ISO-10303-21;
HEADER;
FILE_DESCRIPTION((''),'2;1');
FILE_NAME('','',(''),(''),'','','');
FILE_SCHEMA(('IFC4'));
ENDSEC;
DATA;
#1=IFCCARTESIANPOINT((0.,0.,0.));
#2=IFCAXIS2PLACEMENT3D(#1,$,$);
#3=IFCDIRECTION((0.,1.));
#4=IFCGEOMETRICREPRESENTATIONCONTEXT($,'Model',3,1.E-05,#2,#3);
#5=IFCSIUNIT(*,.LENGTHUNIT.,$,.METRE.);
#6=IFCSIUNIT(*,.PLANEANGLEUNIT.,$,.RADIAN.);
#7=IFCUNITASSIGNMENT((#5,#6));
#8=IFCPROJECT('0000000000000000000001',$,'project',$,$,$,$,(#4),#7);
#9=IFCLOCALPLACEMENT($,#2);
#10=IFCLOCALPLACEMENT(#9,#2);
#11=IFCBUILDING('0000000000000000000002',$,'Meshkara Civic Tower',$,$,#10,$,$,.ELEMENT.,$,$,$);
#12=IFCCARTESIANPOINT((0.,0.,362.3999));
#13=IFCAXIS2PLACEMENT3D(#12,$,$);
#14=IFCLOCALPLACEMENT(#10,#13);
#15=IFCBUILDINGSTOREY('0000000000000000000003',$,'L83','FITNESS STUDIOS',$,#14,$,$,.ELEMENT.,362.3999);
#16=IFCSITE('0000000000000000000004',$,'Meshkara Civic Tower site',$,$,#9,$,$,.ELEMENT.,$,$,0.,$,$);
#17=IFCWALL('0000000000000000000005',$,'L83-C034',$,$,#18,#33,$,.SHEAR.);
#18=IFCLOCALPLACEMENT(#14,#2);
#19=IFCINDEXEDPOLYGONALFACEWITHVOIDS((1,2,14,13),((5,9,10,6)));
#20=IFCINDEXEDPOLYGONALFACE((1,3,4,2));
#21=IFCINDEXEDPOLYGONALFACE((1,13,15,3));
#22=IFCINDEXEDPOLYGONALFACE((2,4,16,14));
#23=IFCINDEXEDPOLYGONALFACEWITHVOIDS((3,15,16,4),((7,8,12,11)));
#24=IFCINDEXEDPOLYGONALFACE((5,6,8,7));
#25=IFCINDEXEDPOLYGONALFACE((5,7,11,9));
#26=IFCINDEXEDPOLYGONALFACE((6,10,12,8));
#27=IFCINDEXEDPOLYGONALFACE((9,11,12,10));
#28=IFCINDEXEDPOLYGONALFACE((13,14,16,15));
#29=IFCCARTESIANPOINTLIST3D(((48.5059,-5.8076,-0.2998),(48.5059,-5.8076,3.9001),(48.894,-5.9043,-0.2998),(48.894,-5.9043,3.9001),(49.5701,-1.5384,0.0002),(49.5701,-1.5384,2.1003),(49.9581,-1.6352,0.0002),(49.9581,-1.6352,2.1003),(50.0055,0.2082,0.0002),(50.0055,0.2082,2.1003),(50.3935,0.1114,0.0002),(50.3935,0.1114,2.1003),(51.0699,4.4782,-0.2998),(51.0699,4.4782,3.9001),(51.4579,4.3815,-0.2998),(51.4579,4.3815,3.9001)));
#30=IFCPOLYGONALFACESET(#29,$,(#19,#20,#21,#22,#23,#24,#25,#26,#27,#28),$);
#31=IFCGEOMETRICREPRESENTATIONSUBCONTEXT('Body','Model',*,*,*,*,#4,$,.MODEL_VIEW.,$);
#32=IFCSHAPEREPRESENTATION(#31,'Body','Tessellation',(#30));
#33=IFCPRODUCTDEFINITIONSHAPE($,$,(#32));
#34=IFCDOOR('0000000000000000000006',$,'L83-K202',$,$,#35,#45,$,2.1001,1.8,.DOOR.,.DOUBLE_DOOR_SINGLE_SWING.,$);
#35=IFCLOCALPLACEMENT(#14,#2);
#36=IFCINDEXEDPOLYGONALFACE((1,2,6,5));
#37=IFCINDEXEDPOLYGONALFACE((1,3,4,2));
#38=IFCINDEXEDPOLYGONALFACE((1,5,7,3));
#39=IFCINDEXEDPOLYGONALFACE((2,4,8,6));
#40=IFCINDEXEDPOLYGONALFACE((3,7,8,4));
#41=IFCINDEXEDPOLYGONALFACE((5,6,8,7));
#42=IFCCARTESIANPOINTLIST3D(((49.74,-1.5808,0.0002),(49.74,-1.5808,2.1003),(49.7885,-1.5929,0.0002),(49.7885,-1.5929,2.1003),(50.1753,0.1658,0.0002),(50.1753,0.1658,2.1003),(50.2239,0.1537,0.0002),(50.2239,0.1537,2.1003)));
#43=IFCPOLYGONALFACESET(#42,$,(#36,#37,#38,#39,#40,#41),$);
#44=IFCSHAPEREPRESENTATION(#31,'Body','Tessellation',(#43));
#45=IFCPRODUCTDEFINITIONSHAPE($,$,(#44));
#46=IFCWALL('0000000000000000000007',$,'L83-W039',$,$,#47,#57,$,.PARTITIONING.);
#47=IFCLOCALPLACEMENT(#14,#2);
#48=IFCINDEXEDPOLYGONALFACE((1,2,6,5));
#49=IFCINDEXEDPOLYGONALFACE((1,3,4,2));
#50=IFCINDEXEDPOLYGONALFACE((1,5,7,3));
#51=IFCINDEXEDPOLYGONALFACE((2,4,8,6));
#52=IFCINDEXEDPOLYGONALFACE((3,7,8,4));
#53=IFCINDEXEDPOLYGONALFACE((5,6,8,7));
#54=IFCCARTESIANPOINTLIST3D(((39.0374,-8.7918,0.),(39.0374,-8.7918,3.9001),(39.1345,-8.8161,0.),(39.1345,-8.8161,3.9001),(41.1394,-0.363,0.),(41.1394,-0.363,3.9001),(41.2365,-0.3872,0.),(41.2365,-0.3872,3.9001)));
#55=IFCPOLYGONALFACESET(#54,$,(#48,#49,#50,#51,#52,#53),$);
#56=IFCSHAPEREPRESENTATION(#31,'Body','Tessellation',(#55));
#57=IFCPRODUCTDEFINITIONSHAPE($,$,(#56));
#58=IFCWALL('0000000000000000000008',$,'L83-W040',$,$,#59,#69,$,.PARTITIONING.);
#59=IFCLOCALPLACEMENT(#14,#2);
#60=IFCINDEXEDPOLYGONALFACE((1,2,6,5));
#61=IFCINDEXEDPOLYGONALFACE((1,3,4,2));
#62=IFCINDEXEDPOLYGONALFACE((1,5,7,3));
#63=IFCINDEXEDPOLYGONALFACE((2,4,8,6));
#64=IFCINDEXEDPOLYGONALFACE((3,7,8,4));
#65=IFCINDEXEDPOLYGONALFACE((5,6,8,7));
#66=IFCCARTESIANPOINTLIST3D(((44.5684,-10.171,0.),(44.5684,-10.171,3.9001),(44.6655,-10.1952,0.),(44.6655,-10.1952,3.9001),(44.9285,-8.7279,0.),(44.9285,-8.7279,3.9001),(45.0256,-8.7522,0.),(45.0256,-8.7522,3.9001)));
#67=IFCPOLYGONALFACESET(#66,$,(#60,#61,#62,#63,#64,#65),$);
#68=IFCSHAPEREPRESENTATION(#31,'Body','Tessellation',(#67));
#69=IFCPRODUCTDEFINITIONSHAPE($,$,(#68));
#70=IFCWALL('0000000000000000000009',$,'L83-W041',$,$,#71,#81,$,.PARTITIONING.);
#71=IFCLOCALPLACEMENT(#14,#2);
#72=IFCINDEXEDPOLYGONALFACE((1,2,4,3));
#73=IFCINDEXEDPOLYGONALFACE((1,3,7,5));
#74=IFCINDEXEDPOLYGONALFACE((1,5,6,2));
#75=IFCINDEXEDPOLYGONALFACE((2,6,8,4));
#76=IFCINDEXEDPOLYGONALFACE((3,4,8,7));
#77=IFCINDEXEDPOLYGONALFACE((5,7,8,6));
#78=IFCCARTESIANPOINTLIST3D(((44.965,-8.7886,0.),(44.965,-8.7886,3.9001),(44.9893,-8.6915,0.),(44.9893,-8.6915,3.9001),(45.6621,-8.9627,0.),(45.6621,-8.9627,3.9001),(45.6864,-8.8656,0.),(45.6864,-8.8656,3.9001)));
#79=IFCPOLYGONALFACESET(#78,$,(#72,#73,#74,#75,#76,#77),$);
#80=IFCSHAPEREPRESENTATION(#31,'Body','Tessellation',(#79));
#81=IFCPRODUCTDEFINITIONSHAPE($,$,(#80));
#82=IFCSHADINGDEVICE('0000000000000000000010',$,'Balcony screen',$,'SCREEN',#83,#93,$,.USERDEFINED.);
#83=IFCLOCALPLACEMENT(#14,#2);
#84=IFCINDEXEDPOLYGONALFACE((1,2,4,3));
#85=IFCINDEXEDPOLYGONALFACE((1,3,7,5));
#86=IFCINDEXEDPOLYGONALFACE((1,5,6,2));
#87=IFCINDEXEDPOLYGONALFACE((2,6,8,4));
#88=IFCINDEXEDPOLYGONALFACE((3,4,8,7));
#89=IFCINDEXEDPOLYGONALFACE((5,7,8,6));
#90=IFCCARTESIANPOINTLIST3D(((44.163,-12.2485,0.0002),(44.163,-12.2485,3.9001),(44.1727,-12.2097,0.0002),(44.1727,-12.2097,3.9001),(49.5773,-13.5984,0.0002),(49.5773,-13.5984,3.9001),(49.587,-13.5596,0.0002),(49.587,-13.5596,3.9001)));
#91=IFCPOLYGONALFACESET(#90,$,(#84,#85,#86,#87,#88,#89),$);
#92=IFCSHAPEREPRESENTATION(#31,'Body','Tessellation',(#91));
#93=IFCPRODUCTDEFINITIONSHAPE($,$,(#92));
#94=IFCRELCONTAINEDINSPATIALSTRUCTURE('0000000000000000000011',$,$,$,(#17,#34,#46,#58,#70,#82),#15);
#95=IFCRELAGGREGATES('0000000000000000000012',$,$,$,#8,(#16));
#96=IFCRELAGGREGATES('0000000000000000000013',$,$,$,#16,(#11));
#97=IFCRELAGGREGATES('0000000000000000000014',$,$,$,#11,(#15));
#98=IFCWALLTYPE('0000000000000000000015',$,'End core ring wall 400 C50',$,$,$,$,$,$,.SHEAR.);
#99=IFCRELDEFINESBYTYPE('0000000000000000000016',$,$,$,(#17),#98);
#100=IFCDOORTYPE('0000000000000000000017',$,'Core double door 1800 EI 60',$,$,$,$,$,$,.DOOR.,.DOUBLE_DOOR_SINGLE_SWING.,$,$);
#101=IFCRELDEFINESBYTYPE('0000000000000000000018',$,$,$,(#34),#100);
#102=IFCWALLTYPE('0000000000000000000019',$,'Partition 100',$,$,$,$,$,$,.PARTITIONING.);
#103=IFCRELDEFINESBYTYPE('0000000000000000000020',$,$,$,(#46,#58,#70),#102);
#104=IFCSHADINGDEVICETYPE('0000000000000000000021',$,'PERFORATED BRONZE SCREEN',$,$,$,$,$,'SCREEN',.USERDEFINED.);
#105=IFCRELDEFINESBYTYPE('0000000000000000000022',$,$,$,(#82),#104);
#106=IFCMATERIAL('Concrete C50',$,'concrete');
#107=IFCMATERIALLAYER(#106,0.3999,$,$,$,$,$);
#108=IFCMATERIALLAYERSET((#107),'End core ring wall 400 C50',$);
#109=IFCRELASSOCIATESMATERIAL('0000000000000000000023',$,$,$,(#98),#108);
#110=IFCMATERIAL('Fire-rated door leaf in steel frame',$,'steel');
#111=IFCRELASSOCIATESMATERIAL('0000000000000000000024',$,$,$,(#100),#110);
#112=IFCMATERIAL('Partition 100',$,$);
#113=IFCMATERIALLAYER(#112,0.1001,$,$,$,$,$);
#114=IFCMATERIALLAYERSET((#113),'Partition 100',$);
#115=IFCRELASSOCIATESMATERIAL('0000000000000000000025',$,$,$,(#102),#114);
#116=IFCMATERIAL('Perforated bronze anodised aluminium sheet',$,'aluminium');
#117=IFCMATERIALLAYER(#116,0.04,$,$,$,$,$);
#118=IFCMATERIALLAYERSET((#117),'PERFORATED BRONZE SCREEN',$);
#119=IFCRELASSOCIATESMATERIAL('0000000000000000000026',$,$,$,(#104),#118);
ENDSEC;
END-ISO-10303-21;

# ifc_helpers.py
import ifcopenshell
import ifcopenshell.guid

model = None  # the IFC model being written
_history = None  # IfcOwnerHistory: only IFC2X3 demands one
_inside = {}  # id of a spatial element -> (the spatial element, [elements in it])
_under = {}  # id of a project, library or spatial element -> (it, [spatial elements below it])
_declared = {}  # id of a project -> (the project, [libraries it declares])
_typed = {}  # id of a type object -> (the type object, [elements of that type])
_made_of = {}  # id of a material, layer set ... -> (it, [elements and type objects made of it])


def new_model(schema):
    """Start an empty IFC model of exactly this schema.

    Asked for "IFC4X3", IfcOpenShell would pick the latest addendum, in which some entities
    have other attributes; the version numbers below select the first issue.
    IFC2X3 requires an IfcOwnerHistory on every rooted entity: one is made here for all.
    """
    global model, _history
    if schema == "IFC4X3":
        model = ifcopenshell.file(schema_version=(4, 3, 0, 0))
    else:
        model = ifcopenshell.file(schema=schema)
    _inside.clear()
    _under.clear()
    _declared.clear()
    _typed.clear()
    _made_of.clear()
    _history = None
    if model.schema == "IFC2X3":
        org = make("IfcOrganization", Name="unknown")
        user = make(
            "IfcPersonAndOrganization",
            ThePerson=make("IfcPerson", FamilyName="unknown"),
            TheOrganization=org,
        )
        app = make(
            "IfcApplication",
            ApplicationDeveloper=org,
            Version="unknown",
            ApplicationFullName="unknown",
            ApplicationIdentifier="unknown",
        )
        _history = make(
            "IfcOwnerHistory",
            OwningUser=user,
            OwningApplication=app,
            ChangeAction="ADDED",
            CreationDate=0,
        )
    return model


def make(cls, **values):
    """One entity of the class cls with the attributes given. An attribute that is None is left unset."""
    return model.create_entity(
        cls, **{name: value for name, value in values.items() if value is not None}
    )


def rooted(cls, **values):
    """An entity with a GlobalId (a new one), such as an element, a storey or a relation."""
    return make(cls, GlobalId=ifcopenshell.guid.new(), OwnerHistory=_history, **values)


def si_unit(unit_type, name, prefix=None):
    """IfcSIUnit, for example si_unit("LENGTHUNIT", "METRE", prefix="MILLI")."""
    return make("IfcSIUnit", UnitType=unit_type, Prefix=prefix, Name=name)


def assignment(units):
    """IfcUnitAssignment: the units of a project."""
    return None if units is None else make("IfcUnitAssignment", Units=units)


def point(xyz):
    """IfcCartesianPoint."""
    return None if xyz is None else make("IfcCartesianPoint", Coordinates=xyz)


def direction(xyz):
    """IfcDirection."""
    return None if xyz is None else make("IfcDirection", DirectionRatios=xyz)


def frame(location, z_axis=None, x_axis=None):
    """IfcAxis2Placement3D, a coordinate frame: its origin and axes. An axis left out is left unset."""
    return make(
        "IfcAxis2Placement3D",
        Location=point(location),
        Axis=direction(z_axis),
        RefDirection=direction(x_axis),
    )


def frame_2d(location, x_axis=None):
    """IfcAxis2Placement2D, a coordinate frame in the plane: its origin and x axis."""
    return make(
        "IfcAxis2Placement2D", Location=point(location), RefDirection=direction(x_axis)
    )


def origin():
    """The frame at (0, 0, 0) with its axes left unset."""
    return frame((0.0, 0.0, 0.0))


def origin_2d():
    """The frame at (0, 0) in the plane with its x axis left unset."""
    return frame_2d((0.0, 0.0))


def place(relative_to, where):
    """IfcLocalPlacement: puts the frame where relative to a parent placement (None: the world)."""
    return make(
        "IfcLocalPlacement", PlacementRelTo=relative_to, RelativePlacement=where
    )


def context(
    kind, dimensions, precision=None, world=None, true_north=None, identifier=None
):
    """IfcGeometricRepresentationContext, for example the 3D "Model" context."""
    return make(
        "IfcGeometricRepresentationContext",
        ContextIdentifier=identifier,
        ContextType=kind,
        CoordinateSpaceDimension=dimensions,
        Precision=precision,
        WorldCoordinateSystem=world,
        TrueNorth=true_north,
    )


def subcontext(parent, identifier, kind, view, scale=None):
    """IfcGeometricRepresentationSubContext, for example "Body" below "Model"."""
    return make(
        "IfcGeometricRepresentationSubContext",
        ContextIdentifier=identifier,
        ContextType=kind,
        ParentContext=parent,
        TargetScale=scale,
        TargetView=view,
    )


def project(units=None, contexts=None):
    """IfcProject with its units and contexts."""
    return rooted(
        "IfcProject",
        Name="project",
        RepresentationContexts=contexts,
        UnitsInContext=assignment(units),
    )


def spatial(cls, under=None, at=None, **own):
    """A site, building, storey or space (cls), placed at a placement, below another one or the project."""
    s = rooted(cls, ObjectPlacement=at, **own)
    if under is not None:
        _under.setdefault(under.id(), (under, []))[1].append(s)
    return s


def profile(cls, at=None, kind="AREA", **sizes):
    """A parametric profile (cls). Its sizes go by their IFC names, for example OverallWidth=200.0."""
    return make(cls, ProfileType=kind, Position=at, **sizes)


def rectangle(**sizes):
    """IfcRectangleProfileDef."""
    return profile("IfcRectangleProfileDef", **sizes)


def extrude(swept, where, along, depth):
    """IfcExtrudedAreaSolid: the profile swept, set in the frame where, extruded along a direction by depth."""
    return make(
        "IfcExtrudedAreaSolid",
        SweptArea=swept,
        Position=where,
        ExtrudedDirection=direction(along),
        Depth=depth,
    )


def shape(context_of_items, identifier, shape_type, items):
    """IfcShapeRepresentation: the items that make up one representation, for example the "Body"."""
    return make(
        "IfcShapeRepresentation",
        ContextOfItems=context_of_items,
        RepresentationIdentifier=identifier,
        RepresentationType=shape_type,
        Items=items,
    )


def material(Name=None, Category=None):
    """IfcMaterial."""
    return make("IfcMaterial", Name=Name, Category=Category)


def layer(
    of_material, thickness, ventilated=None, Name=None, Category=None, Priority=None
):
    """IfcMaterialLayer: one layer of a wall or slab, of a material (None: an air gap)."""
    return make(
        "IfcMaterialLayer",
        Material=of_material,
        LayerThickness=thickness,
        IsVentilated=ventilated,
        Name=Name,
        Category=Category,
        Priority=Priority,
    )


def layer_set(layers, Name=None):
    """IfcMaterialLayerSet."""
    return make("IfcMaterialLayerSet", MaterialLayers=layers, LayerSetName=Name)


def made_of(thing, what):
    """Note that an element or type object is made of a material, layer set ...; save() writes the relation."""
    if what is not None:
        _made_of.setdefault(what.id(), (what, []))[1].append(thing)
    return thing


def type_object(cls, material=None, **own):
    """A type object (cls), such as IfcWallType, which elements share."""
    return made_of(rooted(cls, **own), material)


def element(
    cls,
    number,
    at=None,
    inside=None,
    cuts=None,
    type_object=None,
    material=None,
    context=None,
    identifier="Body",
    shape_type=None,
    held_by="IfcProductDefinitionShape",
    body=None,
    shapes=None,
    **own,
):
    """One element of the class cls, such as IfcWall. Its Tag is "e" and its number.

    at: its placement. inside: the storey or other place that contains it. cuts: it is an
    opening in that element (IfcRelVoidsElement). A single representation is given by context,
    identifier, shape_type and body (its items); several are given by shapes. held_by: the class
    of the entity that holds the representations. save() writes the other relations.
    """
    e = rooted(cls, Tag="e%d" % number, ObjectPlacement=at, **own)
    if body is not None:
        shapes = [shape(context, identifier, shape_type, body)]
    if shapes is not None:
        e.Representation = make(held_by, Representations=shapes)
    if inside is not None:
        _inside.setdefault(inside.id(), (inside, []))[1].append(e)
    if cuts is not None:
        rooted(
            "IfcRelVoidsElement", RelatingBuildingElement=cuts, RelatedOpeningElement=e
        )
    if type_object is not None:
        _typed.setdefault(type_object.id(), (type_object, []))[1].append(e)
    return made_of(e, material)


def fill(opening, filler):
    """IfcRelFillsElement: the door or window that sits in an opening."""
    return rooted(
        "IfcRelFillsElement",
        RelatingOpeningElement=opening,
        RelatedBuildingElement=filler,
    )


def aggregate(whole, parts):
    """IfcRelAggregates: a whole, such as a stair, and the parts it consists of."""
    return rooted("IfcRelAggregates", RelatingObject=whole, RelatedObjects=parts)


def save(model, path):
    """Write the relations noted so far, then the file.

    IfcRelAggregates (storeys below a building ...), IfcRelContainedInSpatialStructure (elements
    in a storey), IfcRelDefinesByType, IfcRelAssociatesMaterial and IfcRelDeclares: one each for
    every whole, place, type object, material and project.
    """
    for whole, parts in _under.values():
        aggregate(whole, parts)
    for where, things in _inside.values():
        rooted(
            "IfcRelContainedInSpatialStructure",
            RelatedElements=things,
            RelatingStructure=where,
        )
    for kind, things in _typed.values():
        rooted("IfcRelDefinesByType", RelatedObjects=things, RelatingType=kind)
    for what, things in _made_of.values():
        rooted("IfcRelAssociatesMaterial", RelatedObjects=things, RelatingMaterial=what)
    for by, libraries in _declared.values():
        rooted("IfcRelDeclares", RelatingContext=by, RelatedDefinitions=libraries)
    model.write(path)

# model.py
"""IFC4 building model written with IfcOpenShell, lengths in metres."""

from ifc_helpers import new_model, si_unit, direction, frame, frame_2d, origin, origin_2d, place, context, subcontext, project, spatial, rectangle, extrude, material, layer, layer_set, type_object, element, fill, save


model = new_model("IFC4")

# Units and contexts
model_context = context("Model", 3, precision=1e-05, world=origin(), true_north=direction((0.0, 1.0)))
body_context = subcontext(model_context, "Body", "Model", "MODEL_VIEW")
ifc_project = project(units=[si_unit("LENGTHUNIT", "METRE"), si_unit("PLANEANGLEUNIT", "RADIAN")], contexts=[model_context])

# Site, building, storey
site_placement = place(None, origin())
site = spatial("IfcSite", under=ifc_project, at=site_placement, Name="Meshkara Civic Tower site", CompositionType="ELEMENT", RefElevation=0.0)
building_placement = place(site_placement, origin())
building = spatial("IfcBuilding", under=site, at=building_placement, Name="Meshkara Civic Tower", CompositionType="ELEMENT")
storey_placement = place(building_placement, frame((0.0, 0.0, 362.3999)))
storey = spatial("IfcBuildingStorey", under=building, at=storey_placement, Name="L83", Description="FITNESS STUDIOS", CompositionType="ELEMENT", Elevation=362.3999)

# Shared definitions
ifc_material_1 = material(Name="Concrete C50", Category="concrete")
ifc_layer_1 = layer(ifc_material_1, 0.3999)
ifc_layer_set_1 = layer_set([ifc_layer_1], Name="End core ring wall 400 C50")
wall_type_1 = type_object("IfcWallType", Name="End core ring wall 400 C50", PredefinedType="SHEAR", material=ifc_layer_set_1)

# Wall, opening, door
wall_1_placement = place(storey_placement, frame((48.7, -5.856, -0.2998), z_axis=(0.0, 0.0, 1.0), x_axis=(0.241869, 0.970309, 0.0)))
wall_1 = element("IfcWall", 1, at=wall_1_placement, inside=storey, type_object=wall_type_1, Name="L83-C034", PredefinedType="SHEAR", context=body_context, shape_type="SweptSolid", body=[
    extrude(rectangle(XDim=10.6006, YDim=0.3999, at=frame_2d((5.3003, 0.0))), origin(), (0.0, 0.0, 1.0), 4.2),
])
opening_1_placement = place(wall_1_placement, frame((4.3999, 0.0, 0.3)))
opening_1 = element("IfcOpeningElement", 2, at=opening_1_placement, cuts=wall_1, PredefinedType="OPENING", context=body_context, shape_type="SweptSolid", body=[
    extrude(rectangle(XDim=1.8, YDim=2.1001, at=frame_2d((0.8999, 1.05))), frame((0.0, 0.21, 0.0), z_axis=(0.0, -1.0, 0.0), x_axis=(1.0, 0.0, 0.0)), (0.0, 0.0, 1.0), 0.4199),
])
ifc_material_2 = material(Name="Fire-rated door leaf in steel frame", Category="steel")
door_type_1 = type_object("IfcDoorType", Name="Core double door 1800 EI 60", OperationType="DOUBLE_DOOR_SINGLE_SWING", PredefinedType="DOOR", material=ifc_material_2)
door_1_placement = place(opening_1_placement, origin())
door_1 = element("IfcDoor", 3, at=door_1_placement, inside=storey, type_object=door_type_1, Name="L83-K202", OperationType="DOUBLE_DOOR_SINGLE_SWING", OverallHeight=2.1001, OverallWidth=1.8, PredefinedType="DOOR", context=body_context, shape_type="SweptSolid", body=[
    extrude(rectangle(XDim=1.8, YDim=2.1001, at=frame_2d((0.8999, 1.05))), frame((0.0, 0.0249, 0.0), z_axis=(0.0, -1.0, 0.0), x_axis=(1.0, 0.0, 0.0)), (0.0, 0.0, 1.0), 0.05),
])
fill(opening_1, door_1)

# Walls
ifc_material_3 = material(Name="Partition 100")
ifc_layer_2 = layer(ifc_material_3, 0.1001)
ifc_layer_set_2 = layer_set([ifc_layer_2], Name="Partition 100")
wall_type_2 = type_object("IfcWallType", Name="Partition 100", PredefinedType="PARTITIONING", material=ifc_layer_set_2)
wall_2_placement = place(storey_placement, frame((39.0859, -8.804, 0.0), z_axis=(0.0, 0.0, 1.0), x_axis=(0.241974, 0.970283, 0.0)))
element("IfcWall", 4, at=wall_2_placement, inside=storey, type_object=wall_type_2, Name="L83-W039", PredefinedType="PARTITIONING", context=body_context, shape_type="SweptSolid", body=[
    extrude(rectangle(XDim=8.687, YDim=0.1001, at=frame_2d((4.3435, 0.0))), origin(), (0.0, 0.0, 1.0), 3.9001),
])
wall_3_placement = place(storey_placement, frame((44.6169, -10.1831, 0.0), z_axis=(0.0, 0.0, 1.0), x_axis=(0.242111, 0.970249, 0.0)))
element("IfcWall", 5, at=wall_3_placement, inside=storey, type_object=wall_type_2, Name="L83-W040", PredefinedType="PARTITIONING", context=body_context, shape_type="SweptSolid", body=[
    extrude(rectangle(XDim=1.4873, YDim=0.1001, at=frame_2d((0.7437, 0.0))), origin(), (0.0, 0.0, 1.0), 3.9001),
])
wall_4_placement = place(storey_placement, frame((44.9771, -8.74, 0.0), z_axis=(0.0, 0.0, 1.0), x_axis=(0.970202, -0.242296, 0.0)))
element("IfcWall", 6, at=wall_4_placement, inside=storey, type_object=wall_type_2, Name="L83-W041", PredefinedType="PARTITIONING", context=body_context, shape_type="SweptSolid", body=[
    extrude(rectangle(XDim=0.7185, YDim=0.1001, at=frame_2d((0.3594, 0.0))), origin(), (0.0, 0.0, 1.0), 3.9001),
])

# Shading device
ifc_material_4 = material(Name="Perforated bronze anodised aluminium sheet", Category="aluminium")
ifc_layer_3 = layer(ifc_material_4, 0.04)
ifc_layer_set_3 = layer_set([ifc_layer_3], Name="PERFORATED BRONZE SCREEN")
shading_device_type = type_object("IfcShadingDeviceType", Name="PERFORATED BRONZE SCREEN", ElementType="SCREEN", PredefinedType="USERDEFINED", material=ifc_layer_set_3)
shading_device_placement = place(storey_placement, frame((46.875, -12.9041, 0.0002), z_axis=(0.0, 0.0, 1.0), x_axis=(0.970296, -0.241922, 0.0)))
element("IfcShadingDevice", 7, at=shading_device_placement, inside=storey, type_object=shading_device_type, Name="Balcony screen", ObjectType="SCREEN", PredefinedType="USERDEFINED", context=body_context, shape_type="SweptSolid", body=[
    extrude(rectangle(XDim=5.5801, YDim=0.04, at=origin_2d()), origin(), (0.0, 0.0, 1.0), 3.8999),
])

save(model, "model.ifc")
